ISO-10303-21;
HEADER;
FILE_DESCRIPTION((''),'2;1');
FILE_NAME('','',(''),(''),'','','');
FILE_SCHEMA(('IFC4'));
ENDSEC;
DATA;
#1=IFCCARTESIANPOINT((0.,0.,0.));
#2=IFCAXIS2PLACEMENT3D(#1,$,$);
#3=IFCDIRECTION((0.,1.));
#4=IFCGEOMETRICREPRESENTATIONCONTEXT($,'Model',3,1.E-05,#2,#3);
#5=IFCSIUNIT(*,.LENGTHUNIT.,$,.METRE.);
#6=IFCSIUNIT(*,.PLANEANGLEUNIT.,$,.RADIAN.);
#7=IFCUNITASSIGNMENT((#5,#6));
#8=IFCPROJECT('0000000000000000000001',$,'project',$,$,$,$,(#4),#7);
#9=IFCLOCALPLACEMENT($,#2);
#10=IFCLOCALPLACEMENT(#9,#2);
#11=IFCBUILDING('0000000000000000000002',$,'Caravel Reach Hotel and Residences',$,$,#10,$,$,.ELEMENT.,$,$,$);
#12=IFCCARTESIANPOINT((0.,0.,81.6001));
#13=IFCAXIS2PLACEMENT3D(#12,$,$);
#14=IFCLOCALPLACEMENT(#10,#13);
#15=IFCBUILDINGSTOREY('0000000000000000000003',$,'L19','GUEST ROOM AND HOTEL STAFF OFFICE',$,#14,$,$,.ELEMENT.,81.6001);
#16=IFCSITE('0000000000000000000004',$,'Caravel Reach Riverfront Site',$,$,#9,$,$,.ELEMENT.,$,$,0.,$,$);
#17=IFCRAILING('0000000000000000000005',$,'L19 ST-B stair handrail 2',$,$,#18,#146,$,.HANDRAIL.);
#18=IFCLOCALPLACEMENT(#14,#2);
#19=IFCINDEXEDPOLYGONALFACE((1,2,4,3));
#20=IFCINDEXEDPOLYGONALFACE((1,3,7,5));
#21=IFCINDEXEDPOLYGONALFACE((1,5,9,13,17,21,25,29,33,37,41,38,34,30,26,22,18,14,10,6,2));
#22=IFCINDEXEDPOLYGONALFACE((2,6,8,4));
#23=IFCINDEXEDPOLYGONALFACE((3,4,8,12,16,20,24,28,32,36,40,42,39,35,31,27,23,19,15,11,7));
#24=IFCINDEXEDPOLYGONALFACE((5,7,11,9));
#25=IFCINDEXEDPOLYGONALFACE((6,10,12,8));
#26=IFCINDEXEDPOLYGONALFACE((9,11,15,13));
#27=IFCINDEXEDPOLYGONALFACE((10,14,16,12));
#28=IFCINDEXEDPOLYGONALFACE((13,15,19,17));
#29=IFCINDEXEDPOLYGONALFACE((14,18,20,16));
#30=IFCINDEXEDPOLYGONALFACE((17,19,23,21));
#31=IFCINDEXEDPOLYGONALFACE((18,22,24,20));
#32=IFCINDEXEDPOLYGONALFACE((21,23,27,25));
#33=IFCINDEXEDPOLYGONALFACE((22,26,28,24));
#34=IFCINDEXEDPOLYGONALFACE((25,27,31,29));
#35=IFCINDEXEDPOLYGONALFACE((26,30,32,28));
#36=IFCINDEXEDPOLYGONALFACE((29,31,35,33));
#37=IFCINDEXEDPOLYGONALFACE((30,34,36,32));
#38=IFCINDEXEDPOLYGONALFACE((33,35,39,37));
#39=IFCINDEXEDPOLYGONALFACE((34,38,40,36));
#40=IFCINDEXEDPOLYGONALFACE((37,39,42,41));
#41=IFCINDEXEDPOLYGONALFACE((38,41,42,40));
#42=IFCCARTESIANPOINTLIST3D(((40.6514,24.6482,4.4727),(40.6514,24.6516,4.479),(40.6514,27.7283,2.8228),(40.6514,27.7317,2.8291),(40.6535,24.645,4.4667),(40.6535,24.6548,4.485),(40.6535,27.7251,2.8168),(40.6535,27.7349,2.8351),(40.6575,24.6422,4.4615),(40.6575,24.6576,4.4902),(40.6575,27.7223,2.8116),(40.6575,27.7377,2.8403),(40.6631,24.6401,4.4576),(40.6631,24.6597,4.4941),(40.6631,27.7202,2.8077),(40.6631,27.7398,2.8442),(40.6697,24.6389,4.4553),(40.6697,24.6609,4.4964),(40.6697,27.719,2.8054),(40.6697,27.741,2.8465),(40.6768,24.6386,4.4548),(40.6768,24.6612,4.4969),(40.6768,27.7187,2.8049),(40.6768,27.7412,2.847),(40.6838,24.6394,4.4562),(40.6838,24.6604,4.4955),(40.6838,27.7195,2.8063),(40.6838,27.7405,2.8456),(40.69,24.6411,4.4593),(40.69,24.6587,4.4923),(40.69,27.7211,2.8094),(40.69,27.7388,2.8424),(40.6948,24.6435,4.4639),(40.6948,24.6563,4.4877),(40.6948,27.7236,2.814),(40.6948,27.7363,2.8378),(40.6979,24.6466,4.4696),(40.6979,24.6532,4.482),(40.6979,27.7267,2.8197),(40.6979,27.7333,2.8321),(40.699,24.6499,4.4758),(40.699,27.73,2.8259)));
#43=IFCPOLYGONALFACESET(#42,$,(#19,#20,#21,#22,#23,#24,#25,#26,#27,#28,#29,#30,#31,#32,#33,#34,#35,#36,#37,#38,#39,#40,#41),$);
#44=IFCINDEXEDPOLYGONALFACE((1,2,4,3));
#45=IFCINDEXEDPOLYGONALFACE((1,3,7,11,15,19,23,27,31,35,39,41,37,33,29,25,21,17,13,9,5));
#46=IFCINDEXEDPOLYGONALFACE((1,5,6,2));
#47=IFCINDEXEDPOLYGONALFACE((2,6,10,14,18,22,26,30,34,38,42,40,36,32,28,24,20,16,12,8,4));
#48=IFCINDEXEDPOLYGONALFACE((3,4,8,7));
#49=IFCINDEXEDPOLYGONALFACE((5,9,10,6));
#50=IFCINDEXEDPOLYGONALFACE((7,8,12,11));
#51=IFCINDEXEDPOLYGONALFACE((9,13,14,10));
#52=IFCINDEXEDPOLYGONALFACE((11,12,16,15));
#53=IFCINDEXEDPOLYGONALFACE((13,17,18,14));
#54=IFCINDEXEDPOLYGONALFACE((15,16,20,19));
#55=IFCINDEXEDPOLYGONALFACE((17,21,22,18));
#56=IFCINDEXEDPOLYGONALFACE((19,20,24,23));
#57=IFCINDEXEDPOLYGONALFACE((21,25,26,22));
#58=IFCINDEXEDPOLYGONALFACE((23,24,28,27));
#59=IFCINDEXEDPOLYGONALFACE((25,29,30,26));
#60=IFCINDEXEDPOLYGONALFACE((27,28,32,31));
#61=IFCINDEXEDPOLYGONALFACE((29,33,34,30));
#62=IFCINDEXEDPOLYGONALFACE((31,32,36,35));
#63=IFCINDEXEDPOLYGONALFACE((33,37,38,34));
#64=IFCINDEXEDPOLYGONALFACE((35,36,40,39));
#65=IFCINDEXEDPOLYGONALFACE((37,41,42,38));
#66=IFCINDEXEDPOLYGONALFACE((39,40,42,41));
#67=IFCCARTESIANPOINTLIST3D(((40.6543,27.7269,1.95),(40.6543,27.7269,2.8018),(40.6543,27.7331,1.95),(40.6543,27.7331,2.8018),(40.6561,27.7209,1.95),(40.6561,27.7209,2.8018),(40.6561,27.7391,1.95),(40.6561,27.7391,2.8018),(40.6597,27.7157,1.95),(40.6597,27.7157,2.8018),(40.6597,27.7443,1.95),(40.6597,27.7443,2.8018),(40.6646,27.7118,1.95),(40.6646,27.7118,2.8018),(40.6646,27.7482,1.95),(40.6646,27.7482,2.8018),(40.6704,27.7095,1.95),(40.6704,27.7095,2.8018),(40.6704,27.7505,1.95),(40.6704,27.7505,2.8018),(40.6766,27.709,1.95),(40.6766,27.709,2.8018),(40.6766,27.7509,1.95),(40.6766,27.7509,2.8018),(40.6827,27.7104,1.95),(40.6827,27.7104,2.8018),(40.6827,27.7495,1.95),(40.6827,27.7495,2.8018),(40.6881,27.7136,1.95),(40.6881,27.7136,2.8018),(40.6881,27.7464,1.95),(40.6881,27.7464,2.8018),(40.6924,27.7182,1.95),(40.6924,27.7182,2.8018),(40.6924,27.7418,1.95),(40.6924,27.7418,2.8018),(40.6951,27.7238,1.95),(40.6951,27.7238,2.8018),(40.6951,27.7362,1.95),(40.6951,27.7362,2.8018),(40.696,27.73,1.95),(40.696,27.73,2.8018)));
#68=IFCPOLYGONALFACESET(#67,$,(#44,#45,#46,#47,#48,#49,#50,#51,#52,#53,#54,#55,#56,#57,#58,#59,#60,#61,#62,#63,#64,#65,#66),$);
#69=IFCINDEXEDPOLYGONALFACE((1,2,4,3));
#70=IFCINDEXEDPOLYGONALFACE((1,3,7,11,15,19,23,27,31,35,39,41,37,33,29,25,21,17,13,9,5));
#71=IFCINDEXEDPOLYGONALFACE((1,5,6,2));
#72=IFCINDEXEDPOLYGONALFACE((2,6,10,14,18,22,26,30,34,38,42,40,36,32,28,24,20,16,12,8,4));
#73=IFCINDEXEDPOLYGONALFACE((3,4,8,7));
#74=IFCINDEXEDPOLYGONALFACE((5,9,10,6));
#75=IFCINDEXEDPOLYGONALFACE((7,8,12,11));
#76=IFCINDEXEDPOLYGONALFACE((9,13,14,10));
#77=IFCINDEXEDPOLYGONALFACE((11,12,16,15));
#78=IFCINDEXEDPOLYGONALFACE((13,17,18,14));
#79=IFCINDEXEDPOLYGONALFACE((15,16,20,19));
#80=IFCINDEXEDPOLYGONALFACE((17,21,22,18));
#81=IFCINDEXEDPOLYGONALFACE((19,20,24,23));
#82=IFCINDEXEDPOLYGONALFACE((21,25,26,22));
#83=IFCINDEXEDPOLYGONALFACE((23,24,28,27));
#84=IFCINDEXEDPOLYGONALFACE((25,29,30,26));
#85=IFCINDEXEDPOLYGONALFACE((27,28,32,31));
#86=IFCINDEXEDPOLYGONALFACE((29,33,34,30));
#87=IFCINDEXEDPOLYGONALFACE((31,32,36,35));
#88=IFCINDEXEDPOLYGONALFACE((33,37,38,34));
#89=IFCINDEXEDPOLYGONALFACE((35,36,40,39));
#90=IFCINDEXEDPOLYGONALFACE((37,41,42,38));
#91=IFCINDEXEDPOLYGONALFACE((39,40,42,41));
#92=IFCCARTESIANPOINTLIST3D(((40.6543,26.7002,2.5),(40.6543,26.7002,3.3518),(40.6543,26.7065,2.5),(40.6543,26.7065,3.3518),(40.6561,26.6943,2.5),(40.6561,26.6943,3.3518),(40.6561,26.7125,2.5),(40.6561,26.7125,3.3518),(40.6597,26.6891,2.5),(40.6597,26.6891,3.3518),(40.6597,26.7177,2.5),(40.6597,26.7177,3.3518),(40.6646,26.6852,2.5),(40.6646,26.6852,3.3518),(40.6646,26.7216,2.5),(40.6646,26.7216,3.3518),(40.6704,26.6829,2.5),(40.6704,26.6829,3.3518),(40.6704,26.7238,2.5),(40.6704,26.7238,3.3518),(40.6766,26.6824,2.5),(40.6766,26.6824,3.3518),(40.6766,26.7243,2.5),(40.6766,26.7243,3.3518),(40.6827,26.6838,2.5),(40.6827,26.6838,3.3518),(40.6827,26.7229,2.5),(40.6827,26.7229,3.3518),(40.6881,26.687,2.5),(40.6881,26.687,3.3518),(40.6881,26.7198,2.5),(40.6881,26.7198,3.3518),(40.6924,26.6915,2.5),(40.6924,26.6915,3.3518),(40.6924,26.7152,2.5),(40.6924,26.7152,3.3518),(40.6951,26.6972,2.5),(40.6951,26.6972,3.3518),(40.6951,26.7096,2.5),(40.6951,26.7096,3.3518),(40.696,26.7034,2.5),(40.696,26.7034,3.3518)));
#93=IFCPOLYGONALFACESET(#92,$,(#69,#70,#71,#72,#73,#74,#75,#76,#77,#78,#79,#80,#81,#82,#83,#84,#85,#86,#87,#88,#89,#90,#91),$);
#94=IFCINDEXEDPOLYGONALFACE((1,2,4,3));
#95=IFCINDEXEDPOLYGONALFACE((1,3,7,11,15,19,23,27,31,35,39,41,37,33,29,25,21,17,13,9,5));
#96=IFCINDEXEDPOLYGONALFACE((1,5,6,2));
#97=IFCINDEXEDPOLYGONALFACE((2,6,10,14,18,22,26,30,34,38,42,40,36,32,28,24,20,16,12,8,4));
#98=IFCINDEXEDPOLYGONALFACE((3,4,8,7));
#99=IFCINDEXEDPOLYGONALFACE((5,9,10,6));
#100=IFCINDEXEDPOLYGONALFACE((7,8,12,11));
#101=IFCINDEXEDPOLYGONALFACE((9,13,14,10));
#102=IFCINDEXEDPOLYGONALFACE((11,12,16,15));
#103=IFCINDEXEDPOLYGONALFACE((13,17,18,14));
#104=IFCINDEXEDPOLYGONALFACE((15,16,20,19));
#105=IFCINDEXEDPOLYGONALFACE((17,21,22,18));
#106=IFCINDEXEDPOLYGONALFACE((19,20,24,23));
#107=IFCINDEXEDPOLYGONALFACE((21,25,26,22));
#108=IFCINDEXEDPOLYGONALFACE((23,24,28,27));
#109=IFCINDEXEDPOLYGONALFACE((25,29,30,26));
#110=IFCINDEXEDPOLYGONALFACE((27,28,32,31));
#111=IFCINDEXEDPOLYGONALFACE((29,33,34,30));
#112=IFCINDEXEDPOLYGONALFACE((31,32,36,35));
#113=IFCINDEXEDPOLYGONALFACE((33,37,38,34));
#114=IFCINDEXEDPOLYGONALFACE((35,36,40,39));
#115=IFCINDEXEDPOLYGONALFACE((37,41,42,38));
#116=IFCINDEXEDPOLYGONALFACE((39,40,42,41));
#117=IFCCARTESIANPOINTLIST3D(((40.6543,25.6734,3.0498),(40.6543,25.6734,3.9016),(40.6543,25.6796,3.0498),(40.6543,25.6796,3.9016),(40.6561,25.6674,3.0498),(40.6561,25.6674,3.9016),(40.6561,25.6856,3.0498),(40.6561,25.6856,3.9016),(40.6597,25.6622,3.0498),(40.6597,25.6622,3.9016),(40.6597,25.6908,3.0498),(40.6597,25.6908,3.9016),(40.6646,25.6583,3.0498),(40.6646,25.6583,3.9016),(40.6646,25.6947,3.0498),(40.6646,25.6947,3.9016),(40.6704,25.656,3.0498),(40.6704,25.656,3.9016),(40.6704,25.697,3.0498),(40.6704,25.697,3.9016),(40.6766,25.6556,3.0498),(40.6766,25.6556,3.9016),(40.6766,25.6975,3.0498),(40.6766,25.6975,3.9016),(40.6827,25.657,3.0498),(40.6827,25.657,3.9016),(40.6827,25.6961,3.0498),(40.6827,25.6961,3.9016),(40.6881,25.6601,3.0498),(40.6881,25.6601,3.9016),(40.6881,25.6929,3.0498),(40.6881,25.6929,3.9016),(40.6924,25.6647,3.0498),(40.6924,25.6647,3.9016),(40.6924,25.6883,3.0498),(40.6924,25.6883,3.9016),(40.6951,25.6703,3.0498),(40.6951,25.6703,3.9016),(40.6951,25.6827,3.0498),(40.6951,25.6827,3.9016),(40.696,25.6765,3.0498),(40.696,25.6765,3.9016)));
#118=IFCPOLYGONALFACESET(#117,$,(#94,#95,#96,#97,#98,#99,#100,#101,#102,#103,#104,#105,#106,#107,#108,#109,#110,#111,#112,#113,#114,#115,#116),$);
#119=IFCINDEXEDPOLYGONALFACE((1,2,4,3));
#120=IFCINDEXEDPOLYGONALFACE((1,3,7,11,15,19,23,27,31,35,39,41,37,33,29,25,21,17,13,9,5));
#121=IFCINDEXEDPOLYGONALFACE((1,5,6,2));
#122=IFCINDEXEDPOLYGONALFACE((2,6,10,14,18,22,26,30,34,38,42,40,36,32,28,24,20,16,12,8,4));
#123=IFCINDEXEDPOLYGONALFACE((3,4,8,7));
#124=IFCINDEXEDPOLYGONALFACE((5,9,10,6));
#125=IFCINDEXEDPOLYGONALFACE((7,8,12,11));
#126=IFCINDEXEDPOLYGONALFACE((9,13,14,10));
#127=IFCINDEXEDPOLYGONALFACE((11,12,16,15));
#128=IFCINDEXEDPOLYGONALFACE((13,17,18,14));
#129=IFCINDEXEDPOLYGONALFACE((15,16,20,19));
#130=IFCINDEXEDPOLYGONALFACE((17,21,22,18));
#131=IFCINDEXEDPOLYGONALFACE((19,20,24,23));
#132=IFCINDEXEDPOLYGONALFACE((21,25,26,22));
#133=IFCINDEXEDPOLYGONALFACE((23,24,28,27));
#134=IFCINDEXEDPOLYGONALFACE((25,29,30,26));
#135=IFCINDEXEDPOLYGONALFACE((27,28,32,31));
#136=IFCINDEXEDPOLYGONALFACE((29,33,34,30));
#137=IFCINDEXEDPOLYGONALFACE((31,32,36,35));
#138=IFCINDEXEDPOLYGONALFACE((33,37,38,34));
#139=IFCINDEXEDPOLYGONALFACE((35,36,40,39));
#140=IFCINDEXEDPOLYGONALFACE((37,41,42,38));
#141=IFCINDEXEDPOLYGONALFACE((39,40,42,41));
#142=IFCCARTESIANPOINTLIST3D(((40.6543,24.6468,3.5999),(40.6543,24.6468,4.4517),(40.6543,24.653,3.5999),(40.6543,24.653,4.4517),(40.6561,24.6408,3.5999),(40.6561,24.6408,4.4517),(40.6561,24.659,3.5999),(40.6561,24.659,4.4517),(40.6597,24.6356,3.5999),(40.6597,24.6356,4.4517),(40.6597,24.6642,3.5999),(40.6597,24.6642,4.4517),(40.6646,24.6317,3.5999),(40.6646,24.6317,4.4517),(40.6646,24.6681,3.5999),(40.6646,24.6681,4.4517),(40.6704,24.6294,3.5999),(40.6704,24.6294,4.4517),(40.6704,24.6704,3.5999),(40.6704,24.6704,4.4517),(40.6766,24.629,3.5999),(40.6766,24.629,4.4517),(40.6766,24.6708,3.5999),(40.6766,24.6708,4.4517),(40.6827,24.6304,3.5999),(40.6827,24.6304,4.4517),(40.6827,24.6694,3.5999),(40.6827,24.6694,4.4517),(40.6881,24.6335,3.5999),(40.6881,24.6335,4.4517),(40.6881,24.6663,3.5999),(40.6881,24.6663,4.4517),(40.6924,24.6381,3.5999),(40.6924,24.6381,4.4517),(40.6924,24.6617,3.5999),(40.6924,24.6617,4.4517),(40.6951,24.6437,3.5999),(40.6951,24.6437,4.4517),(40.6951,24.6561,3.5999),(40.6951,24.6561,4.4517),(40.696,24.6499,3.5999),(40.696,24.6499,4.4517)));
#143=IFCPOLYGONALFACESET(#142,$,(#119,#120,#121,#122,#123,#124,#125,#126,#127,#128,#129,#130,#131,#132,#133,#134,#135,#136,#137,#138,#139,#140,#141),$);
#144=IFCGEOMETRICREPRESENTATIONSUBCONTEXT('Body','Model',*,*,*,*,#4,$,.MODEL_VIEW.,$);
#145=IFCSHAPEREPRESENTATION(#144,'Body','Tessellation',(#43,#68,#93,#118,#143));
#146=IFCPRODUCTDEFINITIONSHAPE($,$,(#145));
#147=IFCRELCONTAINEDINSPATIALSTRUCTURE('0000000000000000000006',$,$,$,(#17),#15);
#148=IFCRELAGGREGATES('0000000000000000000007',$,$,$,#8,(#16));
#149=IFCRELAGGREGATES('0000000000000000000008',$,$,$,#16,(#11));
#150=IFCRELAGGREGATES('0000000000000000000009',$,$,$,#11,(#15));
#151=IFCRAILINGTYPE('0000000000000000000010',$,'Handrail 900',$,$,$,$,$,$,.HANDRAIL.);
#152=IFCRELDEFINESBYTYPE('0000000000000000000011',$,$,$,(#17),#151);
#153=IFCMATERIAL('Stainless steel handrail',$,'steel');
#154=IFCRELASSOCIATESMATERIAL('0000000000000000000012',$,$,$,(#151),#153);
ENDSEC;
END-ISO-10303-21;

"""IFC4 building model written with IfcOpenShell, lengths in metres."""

from ifc_helpers import new_model, si_unit, direction, frame, origin, origin_2d, place, context, subcontext, project, spatial, circle, extrude, material, type_object, element, save


model = new_model("IFC4")

# Units and contexts
model_context = context("Model", 3, precision=1e-05, world=origin(), true_north=direction((0.0, 1.0)))
body_context = subcontext(model_context, "Body", "Model", "MODEL_VIEW")
ifc_project = project(units=[si_unit("LENGTHUNIT", "METRE"), si_unit("PLANEANGLEUNIT", "RADIAN")], contexts=[model_context])

# Site, building, storey
site_placement = place(None, origin())
site = spatial("IfcSite", under=ifc_project, at=site_placement, Name="Caravel Reach Riverfront Site", CompositionType="ELEMENT", RefElevation=0.0)
building_placement = place(site_placement, origin())
building = spatial("IfcBuilding", under=site, at=building_placement, Name="Caravel Reach Hotel and Residences", CompositionType="ELEMENT")
storey_placement = place(building_placement, frame((0.0, 0.0, 81.6001)))
storey = spatial("IfcBuildingStorey", under=building, at=storey_placement, Name="L19", Description="GUEST ROOM AND HOTEL STAFF OFFICE", CompositionType="ELEMENT", Elevation=81.6001)

# Railing
ifc_material_1 = material(Name="Stainless steel handrail", Category="steel")
railing_type_1 = type_object("IfcRailingType", Name="Handrail 900", PredefinedType="HANDRAIL", material=ifc_material_1)
railing_1_placement = place(storey_placement, frame((40.675, 27.73, 1.95)))
element("IfcRailing", 1, at=railing_1_placement, inside=storey, type_object=railing_type_1, Name="L19 ST-B stair handrail 2", PredefinedType="HANDRAIL", context=body_context, shape_type="SweptSolid", body=[
    extrude(circle(Radius=0.0239, at=origin_2d()), frame((0.0, 0.0, 0.876), z_axis=(0.0, -0.881497, 0.47219), x_axis=(1.0, 0.0, 0.0)), (0.0, 0.0, 1.0), 3.4941),
    extrude(circle(Radius=0.021, at=origin_2d()), origin(), (0.0, 0.0, 1.0), 0.8518),
    extrude(circle(Radius=0.021, at=origin_2d()), frame((0.0, -1.0266, 0.55)), (0.0, 0.0, 1.0), 0.8518),
    extrude(circle(Radius=0.021, at=origin_2d()), frame((0.0, -2.0535, 1.0999)), (0.0, 0.0, 1.0), 0.8518),
    extrude(circle(Radius=0.021, at=origin_2d()), frame((0.0, -3.0801, 1.6499)), (0.0, 0.0, 1.0), 0.8518),
])

save(model, "model.ifc")
